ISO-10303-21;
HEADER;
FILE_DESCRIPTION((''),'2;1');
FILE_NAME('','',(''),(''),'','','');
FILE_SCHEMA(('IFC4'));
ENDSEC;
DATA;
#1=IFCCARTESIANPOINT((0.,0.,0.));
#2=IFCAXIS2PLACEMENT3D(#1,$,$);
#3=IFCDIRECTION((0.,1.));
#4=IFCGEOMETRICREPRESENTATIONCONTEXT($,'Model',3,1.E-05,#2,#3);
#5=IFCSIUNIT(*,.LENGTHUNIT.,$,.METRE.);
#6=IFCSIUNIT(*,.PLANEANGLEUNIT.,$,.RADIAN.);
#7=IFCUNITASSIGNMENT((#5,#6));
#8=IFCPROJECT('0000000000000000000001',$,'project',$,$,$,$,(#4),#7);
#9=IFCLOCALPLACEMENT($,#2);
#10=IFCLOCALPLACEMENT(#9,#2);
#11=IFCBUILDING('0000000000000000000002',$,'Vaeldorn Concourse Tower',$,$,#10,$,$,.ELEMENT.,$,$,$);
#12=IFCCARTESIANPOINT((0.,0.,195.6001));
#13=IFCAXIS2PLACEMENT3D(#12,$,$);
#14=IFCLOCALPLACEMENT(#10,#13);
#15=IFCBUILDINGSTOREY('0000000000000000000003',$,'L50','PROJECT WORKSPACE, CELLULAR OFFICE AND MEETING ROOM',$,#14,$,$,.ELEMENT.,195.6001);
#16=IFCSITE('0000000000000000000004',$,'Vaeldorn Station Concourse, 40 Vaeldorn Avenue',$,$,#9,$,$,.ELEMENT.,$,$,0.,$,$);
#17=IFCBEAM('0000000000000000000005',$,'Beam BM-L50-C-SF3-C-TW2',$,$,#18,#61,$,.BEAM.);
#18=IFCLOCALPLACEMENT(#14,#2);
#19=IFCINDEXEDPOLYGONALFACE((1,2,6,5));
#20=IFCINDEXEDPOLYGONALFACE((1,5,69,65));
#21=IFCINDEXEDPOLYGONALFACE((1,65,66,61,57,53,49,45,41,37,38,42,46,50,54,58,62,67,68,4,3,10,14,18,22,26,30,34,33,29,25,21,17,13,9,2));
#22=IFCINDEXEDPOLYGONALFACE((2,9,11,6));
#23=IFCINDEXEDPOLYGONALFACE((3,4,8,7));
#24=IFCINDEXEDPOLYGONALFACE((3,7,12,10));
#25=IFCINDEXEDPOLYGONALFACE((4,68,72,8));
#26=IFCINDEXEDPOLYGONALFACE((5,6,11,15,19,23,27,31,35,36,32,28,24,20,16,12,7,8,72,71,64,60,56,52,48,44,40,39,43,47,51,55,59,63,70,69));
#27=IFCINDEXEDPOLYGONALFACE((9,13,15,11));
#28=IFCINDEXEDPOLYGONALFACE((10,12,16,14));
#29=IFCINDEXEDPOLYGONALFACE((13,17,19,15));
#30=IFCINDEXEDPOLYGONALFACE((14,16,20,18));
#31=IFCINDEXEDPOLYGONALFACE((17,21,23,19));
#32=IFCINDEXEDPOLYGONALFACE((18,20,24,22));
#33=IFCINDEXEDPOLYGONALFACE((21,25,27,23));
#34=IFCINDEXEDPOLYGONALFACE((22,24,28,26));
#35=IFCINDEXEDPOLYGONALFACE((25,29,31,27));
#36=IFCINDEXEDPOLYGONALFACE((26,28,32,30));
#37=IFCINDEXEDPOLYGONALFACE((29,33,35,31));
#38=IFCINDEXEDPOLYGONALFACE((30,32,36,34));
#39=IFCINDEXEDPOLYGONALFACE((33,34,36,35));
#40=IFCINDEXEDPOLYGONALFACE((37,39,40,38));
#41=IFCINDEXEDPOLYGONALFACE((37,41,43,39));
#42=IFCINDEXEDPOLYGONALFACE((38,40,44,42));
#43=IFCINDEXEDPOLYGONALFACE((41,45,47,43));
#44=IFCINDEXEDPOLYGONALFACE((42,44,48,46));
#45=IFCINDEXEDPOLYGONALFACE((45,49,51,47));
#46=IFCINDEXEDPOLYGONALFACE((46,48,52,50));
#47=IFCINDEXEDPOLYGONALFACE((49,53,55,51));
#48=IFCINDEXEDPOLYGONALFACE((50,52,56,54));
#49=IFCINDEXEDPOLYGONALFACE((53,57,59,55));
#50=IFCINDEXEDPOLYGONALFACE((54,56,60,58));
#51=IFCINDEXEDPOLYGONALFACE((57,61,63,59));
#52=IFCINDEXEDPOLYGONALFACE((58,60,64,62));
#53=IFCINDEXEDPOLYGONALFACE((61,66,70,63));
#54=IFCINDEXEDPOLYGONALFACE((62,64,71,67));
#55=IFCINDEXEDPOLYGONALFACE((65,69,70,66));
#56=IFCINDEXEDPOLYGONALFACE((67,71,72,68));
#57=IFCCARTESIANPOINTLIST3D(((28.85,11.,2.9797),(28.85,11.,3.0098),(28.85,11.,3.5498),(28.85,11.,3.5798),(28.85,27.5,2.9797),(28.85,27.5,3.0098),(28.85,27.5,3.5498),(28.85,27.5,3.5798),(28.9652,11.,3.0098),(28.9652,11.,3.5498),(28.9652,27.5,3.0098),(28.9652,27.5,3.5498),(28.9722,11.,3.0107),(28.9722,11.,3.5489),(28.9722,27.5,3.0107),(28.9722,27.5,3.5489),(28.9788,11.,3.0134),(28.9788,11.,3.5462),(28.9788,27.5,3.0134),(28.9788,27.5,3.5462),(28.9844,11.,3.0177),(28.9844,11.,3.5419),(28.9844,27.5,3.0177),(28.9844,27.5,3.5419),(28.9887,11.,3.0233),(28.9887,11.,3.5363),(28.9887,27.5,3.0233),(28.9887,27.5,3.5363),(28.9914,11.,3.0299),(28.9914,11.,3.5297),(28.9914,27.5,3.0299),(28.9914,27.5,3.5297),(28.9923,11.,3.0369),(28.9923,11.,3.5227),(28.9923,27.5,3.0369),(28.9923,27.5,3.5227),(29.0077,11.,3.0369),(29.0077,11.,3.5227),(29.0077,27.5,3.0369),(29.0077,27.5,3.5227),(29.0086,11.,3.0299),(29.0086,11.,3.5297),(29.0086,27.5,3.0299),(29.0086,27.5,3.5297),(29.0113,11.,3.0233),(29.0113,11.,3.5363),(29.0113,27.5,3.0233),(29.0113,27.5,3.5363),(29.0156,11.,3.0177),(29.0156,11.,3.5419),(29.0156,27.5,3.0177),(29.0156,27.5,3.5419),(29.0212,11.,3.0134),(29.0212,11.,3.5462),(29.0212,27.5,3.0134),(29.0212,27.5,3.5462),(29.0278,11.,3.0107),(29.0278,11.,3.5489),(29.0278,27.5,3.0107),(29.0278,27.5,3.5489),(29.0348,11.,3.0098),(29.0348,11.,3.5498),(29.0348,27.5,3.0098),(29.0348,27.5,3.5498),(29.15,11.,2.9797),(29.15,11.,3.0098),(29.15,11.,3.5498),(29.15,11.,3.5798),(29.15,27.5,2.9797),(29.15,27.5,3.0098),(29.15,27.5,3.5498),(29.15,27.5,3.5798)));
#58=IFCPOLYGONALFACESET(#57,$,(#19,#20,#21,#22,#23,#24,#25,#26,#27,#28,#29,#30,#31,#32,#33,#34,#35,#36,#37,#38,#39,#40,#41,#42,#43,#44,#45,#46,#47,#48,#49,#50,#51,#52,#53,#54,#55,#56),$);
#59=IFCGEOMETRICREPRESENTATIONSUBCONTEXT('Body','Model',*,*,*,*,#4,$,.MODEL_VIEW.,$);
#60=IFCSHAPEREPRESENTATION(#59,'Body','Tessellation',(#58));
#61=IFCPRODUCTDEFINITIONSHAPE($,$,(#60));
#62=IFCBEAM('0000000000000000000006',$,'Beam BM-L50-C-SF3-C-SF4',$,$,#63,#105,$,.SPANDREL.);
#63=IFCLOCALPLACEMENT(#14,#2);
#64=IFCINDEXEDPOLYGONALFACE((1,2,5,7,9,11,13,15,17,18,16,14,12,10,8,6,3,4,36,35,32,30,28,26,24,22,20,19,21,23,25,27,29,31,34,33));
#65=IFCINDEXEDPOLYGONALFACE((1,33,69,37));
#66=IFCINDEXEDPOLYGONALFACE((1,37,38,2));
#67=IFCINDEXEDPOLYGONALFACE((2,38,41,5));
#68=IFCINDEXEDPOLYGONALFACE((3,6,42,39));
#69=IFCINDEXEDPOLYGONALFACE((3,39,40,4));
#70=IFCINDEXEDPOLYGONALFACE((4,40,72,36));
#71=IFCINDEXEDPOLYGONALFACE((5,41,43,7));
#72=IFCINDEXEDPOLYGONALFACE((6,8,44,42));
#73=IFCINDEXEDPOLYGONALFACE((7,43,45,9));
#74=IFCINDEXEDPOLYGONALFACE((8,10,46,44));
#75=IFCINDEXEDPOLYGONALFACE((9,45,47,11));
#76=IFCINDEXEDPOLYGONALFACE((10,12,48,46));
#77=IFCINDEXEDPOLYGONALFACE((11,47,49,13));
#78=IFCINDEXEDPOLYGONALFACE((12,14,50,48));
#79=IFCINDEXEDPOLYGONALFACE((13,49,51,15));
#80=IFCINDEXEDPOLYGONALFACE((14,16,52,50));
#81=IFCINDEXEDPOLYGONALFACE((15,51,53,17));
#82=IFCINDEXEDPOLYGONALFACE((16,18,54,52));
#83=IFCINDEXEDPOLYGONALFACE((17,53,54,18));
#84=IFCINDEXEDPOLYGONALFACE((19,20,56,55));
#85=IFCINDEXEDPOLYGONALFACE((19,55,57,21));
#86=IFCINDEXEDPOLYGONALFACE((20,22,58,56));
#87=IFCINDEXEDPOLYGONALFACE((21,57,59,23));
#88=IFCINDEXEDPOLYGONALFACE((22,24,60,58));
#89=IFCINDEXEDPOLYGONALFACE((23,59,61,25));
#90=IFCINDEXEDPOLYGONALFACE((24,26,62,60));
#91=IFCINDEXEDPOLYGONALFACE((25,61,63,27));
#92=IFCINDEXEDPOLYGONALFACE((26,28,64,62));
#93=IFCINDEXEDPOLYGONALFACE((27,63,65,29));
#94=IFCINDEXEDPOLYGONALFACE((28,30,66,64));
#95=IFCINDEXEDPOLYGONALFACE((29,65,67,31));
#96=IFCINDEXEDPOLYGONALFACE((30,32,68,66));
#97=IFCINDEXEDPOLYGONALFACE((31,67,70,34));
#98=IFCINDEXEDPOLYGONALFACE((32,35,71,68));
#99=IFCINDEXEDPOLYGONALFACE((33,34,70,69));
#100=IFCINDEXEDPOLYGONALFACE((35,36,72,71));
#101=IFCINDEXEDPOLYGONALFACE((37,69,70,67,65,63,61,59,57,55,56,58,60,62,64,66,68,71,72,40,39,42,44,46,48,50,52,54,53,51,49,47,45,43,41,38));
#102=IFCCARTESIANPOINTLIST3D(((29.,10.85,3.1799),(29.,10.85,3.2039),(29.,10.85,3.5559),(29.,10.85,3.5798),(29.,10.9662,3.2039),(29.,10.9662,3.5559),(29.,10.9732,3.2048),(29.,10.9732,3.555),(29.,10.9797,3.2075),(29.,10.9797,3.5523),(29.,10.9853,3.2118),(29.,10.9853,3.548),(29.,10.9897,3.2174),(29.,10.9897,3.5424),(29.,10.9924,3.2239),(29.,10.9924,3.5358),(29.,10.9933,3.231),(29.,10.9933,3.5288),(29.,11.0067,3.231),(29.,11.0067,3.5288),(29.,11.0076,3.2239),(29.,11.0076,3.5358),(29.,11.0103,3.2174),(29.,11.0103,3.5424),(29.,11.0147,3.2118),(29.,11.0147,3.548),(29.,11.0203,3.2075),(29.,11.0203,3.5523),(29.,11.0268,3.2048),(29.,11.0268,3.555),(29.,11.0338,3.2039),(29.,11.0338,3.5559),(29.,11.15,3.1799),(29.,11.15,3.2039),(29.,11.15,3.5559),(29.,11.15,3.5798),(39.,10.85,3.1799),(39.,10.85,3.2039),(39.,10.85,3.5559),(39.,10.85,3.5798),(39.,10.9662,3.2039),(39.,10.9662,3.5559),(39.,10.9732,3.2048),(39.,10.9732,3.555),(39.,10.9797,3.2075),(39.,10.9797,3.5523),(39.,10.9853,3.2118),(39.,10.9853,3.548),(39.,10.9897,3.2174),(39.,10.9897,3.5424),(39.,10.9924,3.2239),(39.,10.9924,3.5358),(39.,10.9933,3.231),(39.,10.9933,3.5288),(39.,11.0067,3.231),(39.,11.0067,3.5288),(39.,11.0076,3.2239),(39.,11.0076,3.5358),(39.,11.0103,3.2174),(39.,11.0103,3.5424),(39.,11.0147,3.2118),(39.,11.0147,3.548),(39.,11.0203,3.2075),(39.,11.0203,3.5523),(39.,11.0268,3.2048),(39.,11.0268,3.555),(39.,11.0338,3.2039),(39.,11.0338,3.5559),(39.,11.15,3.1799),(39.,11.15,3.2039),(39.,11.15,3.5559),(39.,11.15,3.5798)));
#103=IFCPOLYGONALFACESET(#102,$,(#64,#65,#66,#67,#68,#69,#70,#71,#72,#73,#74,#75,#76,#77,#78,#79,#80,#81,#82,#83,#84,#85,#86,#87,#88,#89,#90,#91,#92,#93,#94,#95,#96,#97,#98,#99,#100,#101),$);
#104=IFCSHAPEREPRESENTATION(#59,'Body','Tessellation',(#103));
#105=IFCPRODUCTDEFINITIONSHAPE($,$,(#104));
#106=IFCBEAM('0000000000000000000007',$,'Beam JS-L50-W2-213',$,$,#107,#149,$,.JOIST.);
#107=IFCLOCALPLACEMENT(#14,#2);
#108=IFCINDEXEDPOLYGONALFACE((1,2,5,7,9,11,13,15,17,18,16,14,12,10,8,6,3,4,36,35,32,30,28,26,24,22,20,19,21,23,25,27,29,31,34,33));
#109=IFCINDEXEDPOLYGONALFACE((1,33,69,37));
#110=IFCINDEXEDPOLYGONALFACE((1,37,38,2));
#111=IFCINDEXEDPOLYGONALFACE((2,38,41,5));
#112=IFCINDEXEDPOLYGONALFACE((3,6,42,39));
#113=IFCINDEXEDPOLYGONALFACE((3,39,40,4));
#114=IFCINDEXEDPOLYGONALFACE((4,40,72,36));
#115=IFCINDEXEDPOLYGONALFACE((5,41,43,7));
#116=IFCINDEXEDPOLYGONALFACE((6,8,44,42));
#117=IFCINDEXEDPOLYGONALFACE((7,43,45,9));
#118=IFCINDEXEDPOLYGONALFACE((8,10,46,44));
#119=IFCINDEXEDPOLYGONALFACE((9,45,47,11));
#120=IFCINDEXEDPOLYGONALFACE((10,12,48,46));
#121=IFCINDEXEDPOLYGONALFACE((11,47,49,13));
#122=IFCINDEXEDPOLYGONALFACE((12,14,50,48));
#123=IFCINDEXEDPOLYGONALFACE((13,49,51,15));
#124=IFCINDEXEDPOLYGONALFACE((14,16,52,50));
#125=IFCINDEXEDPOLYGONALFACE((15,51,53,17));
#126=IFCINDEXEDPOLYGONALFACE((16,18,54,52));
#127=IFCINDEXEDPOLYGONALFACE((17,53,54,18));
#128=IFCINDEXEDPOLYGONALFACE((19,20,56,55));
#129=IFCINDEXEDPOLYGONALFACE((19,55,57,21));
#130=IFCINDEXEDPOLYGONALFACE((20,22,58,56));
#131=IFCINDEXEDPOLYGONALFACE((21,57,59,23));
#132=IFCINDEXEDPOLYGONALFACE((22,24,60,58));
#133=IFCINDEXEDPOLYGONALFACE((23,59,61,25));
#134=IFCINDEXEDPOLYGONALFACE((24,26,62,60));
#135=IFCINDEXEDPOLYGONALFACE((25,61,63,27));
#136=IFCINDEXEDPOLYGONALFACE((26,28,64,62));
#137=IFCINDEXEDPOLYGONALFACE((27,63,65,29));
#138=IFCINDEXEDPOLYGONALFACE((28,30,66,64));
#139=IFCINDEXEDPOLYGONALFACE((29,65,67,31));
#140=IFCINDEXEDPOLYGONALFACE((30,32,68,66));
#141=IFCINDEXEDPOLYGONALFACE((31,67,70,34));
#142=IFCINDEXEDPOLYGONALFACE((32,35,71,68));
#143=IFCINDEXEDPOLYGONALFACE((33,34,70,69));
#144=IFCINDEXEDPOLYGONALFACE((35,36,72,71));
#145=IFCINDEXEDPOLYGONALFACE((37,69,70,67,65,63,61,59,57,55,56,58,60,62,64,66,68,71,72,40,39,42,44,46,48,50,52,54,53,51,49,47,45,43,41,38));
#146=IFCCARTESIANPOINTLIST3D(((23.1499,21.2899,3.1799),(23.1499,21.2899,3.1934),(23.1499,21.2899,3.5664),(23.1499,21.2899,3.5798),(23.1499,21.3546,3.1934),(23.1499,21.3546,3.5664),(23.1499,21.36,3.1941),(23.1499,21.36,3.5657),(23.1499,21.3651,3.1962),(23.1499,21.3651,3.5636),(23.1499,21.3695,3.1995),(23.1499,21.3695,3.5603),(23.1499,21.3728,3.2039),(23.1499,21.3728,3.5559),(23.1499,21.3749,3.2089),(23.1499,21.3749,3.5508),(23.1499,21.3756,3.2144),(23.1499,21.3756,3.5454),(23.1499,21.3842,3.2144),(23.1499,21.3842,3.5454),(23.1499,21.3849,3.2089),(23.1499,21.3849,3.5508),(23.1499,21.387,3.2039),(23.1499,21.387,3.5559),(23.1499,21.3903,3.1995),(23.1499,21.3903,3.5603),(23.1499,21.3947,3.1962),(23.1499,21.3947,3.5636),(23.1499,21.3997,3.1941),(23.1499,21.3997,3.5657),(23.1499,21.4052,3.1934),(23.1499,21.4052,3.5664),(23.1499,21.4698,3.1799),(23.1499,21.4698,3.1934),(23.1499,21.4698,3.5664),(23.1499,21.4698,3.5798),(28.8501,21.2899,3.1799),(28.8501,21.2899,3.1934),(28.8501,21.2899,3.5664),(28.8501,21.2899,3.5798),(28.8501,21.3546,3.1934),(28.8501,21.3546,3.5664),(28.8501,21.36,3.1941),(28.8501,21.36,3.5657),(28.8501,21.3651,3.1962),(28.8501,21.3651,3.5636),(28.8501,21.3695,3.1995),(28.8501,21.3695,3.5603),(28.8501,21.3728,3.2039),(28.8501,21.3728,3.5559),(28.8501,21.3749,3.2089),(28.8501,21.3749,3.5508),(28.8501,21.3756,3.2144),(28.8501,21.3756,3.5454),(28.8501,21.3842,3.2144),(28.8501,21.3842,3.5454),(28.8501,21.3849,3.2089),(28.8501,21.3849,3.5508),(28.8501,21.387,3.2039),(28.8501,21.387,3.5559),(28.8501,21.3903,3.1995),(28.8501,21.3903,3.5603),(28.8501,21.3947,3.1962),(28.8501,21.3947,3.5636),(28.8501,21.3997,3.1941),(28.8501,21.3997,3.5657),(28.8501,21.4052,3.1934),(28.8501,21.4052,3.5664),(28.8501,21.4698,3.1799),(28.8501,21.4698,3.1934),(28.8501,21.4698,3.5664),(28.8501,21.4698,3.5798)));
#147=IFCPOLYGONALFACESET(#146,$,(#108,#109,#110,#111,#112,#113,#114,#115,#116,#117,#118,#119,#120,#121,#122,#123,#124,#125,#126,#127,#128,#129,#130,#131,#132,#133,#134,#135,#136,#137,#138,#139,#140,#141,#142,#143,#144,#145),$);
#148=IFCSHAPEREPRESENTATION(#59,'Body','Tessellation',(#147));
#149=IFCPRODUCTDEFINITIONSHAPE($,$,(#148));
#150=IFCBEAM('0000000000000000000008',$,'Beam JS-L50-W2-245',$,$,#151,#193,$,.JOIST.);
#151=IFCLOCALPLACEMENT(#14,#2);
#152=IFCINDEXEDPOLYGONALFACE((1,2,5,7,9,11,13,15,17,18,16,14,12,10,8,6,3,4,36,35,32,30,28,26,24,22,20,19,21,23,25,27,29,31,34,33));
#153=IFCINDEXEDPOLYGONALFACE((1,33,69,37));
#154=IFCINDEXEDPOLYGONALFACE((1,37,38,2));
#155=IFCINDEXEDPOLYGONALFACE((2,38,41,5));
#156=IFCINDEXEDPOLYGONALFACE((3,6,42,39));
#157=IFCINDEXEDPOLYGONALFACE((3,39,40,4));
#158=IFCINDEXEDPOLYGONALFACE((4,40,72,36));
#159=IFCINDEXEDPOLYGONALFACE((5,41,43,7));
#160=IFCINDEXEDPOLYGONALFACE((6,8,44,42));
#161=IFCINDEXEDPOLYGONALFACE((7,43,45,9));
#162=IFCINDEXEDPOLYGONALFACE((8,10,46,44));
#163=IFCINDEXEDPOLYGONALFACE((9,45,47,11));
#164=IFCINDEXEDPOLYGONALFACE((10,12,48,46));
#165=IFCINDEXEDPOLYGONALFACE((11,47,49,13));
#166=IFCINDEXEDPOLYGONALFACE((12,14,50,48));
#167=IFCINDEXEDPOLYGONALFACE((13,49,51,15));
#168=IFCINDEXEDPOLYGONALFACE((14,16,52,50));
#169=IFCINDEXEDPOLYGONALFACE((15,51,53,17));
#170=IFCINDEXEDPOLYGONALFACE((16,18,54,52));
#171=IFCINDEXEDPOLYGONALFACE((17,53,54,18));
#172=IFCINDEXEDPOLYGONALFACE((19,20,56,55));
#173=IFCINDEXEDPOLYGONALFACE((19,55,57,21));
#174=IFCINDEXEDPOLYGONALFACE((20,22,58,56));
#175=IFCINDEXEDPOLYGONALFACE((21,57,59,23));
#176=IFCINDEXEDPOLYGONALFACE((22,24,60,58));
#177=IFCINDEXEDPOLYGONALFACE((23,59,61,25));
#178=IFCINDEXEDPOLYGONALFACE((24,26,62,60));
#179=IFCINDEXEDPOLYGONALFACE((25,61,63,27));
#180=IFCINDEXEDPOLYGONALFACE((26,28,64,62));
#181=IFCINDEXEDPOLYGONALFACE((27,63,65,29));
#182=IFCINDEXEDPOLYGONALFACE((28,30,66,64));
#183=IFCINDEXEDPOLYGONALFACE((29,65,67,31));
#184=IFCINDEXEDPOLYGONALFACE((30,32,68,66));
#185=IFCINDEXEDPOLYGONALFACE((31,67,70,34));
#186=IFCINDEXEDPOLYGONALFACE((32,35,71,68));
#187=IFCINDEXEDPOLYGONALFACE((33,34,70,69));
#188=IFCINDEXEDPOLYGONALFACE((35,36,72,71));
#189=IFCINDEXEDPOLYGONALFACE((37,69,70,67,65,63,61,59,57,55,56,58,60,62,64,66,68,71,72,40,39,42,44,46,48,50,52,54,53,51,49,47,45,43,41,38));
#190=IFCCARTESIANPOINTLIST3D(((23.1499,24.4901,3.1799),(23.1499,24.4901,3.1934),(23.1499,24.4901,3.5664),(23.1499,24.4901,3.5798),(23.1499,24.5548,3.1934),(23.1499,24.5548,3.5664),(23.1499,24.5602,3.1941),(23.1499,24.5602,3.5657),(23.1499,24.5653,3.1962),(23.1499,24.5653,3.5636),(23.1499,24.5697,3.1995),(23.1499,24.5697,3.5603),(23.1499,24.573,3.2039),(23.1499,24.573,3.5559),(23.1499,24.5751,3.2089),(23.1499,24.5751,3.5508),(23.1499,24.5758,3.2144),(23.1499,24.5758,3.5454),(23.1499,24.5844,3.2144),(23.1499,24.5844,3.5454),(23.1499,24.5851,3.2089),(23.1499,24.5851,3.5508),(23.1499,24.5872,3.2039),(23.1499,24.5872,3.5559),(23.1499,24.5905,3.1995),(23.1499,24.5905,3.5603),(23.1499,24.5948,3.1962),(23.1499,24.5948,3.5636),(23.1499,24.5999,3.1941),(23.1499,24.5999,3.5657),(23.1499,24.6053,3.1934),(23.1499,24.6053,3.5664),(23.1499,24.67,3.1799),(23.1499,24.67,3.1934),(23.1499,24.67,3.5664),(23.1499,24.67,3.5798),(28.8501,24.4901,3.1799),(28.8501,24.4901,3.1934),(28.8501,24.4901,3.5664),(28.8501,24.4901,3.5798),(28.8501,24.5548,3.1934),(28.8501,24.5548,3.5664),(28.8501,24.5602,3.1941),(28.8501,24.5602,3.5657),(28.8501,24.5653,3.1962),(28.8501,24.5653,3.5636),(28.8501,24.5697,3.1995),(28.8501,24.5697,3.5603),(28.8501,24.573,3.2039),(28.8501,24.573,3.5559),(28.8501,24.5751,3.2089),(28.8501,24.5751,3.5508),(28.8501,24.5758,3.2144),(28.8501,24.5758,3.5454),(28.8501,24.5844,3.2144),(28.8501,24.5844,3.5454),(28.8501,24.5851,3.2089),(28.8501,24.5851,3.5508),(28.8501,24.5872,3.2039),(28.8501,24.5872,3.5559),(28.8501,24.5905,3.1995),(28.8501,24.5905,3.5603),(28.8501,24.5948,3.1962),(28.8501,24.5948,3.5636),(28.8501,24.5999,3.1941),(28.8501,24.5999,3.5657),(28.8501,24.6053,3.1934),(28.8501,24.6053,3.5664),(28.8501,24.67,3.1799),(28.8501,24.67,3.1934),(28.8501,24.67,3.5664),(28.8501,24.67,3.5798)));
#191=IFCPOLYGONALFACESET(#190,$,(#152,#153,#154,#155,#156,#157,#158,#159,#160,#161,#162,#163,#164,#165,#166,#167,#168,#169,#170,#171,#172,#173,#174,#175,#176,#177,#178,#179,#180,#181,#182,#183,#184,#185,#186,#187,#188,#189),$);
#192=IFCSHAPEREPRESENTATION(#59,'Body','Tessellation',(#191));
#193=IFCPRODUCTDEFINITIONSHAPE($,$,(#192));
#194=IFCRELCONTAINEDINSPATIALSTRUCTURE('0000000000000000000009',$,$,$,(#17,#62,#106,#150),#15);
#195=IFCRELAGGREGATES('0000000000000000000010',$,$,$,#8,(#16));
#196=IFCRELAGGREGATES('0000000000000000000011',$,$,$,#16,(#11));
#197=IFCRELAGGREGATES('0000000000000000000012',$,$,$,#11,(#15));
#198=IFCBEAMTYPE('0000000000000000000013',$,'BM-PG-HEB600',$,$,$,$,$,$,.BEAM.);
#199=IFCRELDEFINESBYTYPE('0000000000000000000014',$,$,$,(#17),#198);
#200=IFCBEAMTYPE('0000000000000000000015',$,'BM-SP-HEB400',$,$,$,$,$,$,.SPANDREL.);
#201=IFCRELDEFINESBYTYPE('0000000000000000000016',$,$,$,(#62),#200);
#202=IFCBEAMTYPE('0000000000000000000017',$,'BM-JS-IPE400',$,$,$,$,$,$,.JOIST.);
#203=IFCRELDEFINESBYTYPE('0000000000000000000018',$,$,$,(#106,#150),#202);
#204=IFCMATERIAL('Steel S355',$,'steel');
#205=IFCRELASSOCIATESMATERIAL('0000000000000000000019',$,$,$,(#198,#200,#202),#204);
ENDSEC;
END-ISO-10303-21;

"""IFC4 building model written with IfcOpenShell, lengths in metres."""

from ifc_helpers import new_model, si_unit, direction, frame, origin, origin_2d, place, context, subcontext, project, spatial, i_section, extrude, source, transform, mapped, material, material_profile, profile_set, type_object, element, save


model = new_model("IFC4")

# Units and contexts
model_context = context("Model", 3, precision=1e-05, world=origin(), true_north=direction((0.0, 1.0)))
body_context = subcontext(model_context, "Body", "Model", "MODEL_VIEW")
ifc_project = project(units=[si_unit("LENGTHUNIT", "METRE"), si_unit("PLANEANGLEUNIT", "RADIAN")], contexts=[model_context])

# Site, building, storey
site_placement = place(None, origin())
site = spatial("IfcSite", under=ifc_project, at=site_placement, Name="Vaeldorn Station Concourse, 40 Vaeldorn Avenue", CompositionType="ELEMENT", RefElevation=0.0)
building_placement = place(site_placement, origin())
building = spatial("IfcBuilding", under=site, at=building_placement, Name="Vaeldorn Concourse Tower", CompositionType="ELEMENT")
storey_placement = place(building_placement, frame((0.0, 0.0, 195.6001)))
storey = spatial("IfcBuildingStorey", under=building, at=storey_placement, Name="L50", Description="PROJECT WORKSPACE, CELLULAR OFFICE AND MEETING ROOM", CompositionType="ELEMENT", Elevation=195.6001)

# Shared definitions
ifc_material_1 = material(Name="Steel S355", Category="steel")

# Beams
ifc_material_profile_1 = material_profile(ifc_material_1, i_section(OverallWidth=0.3, OverallDepth=0.6001, WebThickness=0.0154, FlangeThickness=0.03, FilletRadius=0.0271, at=origin_2d()), Name="HEB 600")
ifc_profile_set_1 = profile_set([ifc_material_profile_1], Name="Steel S355")
beam_type_1 = type_object("IfcBeamType", Name="BM-PG-HEB600", PredefinedType="BEAM", material=ifc_profile_set_1)
shared_shape_1 = source(origin(), body_context, "Body", "SweptSolid", [
    extrude(i_section(OverallWidth=0.3, OverallDepth=0.6001, WebThickness=0.0154, FlangeThickness=0.03, FilletRadius=0.0271, at=origin_2d()), origin(), (0.0, 0.0, 1.0), 16.5),
])
beam_1_placement = place(storey_placement, frame((29.0, 11.0, 3.2798), z_axis=(0.0, 1.0, 0.0), x_axis=(-1.0, 0.0, 0.0)))
element("IfcBeam", 1, at=beam_1_placement, inside=storey, type_object=beam_type_1, Name="Beam BM-L50-C-SF3-C-TW2", PredefinedType="BEAM", context=body_context, shape_type="MappedRepresentation", body=[
    mapped(shared_shape_1, transform((0.0, 0.0, 0.0), scale=1.0)),
])
ifc_material_profile_2 = material_profile(ifc_material_1, i_section(OverallWidth=0.3, OverallDepth=0.3999, WebThickness=0.0134, FlangeThickness=0.0239, FilletRadius=0.0271, at=origin_2d()), Name="HEB 400")
ifc_profile_set_2 = profile_set([ifc_material_profile_2], Name="Steel S355")
beam_type_2 = type_object("IfcBeamType", Name="BM-SP-HEB400", PredefinedType="SPANDREL", material=ifc_profile_set_2)
shared_shape_2 = source(origin(), body_context, "Body", "SweptSolid", [
    extrude(i_section(OverallWidth=0.3, OverallDepth=0.3999, WebThickness=0.0134, FlangeThickness=0.0239, FilletRadius=0.0271, at=origin_2d()), origin(), (0.0, 0.0, 1.0), 10.0),
])
beam_2_placement = place(storey_placement, frame((29.0, 11.0, 3.3799), z_axis=(1.0, 0.0, 0.0), x_axis=(0.0, 1.0, 0.0)))
element("IfcBeam", 2, at=beam_2_placement, inside=storey, type_object=beam_type_2, Name="Beam BM-L50-C-SF3-C-SF4", PredefinedType="SPANDREL", context=body_context, shape_type="MappedRepresentation", body=[
    mapped(shared_shape_2, transform((0.0, 0.0, 0.0), scale=1.0)),
])
ifc_material_profile_3 = material_profile(ifc_material_1, i_section(OverallWidth=0.1799, OverallDepth=0.3999, WebThickness=0.0085, FlangeThickness=0.0134, FilletRadius=0.021, at=origin_2d()), Name="IPE 400")
ifc_profile_set_3 = profile_set([ifc_material_profile_3], Name="Steel S355")
beam_type_3 = type_object("IfcBeamType", Name="BM-JS-IPE400", PredefinedType="JOIST", material=ifc_profile_set_3)
shared_shape_3 = source(origin(), body_context, "Body", "SweptSolid", [
    extrude(i_section(OverallWidth=0.1799, OverallDepth=0.3999, WebThickness=0.0085, FlangeThickness=0.0134, FilletRadius=0.021, at=origin_2d()), origin(), (0.0, 0.0, 1.0), 5.7002),
])
for number, where, z_axis, x_axis, name in (
    (3, (23.1499, 21.3799, 3.3799), (1.0, 0.0, 0.0), (0.0, 1.0, 0.0), "Beam JS-L50-W2-213"),
    (4, (23.1499, 24.5801, 3.3799), (1.0, 0.0, 0.0), (0.0, 1.0, 0.0), "Beam JS-L50-W2-245"),
):
    element("IfcBeam", number, at=place(storey_placement, frame(where, z_axis=z_axis, x_axis=x_axis)), inside=storey, type_object=beam_type_3, Name=name, PredefinedType="JOIST", context=body_context, shape_type="MappedRepresentation", body=[
        mapped(shared_shape_3, transform((0.0, 0.0, 0.0), scale=1.0)),
    ])

save(model, "model.ifc")
